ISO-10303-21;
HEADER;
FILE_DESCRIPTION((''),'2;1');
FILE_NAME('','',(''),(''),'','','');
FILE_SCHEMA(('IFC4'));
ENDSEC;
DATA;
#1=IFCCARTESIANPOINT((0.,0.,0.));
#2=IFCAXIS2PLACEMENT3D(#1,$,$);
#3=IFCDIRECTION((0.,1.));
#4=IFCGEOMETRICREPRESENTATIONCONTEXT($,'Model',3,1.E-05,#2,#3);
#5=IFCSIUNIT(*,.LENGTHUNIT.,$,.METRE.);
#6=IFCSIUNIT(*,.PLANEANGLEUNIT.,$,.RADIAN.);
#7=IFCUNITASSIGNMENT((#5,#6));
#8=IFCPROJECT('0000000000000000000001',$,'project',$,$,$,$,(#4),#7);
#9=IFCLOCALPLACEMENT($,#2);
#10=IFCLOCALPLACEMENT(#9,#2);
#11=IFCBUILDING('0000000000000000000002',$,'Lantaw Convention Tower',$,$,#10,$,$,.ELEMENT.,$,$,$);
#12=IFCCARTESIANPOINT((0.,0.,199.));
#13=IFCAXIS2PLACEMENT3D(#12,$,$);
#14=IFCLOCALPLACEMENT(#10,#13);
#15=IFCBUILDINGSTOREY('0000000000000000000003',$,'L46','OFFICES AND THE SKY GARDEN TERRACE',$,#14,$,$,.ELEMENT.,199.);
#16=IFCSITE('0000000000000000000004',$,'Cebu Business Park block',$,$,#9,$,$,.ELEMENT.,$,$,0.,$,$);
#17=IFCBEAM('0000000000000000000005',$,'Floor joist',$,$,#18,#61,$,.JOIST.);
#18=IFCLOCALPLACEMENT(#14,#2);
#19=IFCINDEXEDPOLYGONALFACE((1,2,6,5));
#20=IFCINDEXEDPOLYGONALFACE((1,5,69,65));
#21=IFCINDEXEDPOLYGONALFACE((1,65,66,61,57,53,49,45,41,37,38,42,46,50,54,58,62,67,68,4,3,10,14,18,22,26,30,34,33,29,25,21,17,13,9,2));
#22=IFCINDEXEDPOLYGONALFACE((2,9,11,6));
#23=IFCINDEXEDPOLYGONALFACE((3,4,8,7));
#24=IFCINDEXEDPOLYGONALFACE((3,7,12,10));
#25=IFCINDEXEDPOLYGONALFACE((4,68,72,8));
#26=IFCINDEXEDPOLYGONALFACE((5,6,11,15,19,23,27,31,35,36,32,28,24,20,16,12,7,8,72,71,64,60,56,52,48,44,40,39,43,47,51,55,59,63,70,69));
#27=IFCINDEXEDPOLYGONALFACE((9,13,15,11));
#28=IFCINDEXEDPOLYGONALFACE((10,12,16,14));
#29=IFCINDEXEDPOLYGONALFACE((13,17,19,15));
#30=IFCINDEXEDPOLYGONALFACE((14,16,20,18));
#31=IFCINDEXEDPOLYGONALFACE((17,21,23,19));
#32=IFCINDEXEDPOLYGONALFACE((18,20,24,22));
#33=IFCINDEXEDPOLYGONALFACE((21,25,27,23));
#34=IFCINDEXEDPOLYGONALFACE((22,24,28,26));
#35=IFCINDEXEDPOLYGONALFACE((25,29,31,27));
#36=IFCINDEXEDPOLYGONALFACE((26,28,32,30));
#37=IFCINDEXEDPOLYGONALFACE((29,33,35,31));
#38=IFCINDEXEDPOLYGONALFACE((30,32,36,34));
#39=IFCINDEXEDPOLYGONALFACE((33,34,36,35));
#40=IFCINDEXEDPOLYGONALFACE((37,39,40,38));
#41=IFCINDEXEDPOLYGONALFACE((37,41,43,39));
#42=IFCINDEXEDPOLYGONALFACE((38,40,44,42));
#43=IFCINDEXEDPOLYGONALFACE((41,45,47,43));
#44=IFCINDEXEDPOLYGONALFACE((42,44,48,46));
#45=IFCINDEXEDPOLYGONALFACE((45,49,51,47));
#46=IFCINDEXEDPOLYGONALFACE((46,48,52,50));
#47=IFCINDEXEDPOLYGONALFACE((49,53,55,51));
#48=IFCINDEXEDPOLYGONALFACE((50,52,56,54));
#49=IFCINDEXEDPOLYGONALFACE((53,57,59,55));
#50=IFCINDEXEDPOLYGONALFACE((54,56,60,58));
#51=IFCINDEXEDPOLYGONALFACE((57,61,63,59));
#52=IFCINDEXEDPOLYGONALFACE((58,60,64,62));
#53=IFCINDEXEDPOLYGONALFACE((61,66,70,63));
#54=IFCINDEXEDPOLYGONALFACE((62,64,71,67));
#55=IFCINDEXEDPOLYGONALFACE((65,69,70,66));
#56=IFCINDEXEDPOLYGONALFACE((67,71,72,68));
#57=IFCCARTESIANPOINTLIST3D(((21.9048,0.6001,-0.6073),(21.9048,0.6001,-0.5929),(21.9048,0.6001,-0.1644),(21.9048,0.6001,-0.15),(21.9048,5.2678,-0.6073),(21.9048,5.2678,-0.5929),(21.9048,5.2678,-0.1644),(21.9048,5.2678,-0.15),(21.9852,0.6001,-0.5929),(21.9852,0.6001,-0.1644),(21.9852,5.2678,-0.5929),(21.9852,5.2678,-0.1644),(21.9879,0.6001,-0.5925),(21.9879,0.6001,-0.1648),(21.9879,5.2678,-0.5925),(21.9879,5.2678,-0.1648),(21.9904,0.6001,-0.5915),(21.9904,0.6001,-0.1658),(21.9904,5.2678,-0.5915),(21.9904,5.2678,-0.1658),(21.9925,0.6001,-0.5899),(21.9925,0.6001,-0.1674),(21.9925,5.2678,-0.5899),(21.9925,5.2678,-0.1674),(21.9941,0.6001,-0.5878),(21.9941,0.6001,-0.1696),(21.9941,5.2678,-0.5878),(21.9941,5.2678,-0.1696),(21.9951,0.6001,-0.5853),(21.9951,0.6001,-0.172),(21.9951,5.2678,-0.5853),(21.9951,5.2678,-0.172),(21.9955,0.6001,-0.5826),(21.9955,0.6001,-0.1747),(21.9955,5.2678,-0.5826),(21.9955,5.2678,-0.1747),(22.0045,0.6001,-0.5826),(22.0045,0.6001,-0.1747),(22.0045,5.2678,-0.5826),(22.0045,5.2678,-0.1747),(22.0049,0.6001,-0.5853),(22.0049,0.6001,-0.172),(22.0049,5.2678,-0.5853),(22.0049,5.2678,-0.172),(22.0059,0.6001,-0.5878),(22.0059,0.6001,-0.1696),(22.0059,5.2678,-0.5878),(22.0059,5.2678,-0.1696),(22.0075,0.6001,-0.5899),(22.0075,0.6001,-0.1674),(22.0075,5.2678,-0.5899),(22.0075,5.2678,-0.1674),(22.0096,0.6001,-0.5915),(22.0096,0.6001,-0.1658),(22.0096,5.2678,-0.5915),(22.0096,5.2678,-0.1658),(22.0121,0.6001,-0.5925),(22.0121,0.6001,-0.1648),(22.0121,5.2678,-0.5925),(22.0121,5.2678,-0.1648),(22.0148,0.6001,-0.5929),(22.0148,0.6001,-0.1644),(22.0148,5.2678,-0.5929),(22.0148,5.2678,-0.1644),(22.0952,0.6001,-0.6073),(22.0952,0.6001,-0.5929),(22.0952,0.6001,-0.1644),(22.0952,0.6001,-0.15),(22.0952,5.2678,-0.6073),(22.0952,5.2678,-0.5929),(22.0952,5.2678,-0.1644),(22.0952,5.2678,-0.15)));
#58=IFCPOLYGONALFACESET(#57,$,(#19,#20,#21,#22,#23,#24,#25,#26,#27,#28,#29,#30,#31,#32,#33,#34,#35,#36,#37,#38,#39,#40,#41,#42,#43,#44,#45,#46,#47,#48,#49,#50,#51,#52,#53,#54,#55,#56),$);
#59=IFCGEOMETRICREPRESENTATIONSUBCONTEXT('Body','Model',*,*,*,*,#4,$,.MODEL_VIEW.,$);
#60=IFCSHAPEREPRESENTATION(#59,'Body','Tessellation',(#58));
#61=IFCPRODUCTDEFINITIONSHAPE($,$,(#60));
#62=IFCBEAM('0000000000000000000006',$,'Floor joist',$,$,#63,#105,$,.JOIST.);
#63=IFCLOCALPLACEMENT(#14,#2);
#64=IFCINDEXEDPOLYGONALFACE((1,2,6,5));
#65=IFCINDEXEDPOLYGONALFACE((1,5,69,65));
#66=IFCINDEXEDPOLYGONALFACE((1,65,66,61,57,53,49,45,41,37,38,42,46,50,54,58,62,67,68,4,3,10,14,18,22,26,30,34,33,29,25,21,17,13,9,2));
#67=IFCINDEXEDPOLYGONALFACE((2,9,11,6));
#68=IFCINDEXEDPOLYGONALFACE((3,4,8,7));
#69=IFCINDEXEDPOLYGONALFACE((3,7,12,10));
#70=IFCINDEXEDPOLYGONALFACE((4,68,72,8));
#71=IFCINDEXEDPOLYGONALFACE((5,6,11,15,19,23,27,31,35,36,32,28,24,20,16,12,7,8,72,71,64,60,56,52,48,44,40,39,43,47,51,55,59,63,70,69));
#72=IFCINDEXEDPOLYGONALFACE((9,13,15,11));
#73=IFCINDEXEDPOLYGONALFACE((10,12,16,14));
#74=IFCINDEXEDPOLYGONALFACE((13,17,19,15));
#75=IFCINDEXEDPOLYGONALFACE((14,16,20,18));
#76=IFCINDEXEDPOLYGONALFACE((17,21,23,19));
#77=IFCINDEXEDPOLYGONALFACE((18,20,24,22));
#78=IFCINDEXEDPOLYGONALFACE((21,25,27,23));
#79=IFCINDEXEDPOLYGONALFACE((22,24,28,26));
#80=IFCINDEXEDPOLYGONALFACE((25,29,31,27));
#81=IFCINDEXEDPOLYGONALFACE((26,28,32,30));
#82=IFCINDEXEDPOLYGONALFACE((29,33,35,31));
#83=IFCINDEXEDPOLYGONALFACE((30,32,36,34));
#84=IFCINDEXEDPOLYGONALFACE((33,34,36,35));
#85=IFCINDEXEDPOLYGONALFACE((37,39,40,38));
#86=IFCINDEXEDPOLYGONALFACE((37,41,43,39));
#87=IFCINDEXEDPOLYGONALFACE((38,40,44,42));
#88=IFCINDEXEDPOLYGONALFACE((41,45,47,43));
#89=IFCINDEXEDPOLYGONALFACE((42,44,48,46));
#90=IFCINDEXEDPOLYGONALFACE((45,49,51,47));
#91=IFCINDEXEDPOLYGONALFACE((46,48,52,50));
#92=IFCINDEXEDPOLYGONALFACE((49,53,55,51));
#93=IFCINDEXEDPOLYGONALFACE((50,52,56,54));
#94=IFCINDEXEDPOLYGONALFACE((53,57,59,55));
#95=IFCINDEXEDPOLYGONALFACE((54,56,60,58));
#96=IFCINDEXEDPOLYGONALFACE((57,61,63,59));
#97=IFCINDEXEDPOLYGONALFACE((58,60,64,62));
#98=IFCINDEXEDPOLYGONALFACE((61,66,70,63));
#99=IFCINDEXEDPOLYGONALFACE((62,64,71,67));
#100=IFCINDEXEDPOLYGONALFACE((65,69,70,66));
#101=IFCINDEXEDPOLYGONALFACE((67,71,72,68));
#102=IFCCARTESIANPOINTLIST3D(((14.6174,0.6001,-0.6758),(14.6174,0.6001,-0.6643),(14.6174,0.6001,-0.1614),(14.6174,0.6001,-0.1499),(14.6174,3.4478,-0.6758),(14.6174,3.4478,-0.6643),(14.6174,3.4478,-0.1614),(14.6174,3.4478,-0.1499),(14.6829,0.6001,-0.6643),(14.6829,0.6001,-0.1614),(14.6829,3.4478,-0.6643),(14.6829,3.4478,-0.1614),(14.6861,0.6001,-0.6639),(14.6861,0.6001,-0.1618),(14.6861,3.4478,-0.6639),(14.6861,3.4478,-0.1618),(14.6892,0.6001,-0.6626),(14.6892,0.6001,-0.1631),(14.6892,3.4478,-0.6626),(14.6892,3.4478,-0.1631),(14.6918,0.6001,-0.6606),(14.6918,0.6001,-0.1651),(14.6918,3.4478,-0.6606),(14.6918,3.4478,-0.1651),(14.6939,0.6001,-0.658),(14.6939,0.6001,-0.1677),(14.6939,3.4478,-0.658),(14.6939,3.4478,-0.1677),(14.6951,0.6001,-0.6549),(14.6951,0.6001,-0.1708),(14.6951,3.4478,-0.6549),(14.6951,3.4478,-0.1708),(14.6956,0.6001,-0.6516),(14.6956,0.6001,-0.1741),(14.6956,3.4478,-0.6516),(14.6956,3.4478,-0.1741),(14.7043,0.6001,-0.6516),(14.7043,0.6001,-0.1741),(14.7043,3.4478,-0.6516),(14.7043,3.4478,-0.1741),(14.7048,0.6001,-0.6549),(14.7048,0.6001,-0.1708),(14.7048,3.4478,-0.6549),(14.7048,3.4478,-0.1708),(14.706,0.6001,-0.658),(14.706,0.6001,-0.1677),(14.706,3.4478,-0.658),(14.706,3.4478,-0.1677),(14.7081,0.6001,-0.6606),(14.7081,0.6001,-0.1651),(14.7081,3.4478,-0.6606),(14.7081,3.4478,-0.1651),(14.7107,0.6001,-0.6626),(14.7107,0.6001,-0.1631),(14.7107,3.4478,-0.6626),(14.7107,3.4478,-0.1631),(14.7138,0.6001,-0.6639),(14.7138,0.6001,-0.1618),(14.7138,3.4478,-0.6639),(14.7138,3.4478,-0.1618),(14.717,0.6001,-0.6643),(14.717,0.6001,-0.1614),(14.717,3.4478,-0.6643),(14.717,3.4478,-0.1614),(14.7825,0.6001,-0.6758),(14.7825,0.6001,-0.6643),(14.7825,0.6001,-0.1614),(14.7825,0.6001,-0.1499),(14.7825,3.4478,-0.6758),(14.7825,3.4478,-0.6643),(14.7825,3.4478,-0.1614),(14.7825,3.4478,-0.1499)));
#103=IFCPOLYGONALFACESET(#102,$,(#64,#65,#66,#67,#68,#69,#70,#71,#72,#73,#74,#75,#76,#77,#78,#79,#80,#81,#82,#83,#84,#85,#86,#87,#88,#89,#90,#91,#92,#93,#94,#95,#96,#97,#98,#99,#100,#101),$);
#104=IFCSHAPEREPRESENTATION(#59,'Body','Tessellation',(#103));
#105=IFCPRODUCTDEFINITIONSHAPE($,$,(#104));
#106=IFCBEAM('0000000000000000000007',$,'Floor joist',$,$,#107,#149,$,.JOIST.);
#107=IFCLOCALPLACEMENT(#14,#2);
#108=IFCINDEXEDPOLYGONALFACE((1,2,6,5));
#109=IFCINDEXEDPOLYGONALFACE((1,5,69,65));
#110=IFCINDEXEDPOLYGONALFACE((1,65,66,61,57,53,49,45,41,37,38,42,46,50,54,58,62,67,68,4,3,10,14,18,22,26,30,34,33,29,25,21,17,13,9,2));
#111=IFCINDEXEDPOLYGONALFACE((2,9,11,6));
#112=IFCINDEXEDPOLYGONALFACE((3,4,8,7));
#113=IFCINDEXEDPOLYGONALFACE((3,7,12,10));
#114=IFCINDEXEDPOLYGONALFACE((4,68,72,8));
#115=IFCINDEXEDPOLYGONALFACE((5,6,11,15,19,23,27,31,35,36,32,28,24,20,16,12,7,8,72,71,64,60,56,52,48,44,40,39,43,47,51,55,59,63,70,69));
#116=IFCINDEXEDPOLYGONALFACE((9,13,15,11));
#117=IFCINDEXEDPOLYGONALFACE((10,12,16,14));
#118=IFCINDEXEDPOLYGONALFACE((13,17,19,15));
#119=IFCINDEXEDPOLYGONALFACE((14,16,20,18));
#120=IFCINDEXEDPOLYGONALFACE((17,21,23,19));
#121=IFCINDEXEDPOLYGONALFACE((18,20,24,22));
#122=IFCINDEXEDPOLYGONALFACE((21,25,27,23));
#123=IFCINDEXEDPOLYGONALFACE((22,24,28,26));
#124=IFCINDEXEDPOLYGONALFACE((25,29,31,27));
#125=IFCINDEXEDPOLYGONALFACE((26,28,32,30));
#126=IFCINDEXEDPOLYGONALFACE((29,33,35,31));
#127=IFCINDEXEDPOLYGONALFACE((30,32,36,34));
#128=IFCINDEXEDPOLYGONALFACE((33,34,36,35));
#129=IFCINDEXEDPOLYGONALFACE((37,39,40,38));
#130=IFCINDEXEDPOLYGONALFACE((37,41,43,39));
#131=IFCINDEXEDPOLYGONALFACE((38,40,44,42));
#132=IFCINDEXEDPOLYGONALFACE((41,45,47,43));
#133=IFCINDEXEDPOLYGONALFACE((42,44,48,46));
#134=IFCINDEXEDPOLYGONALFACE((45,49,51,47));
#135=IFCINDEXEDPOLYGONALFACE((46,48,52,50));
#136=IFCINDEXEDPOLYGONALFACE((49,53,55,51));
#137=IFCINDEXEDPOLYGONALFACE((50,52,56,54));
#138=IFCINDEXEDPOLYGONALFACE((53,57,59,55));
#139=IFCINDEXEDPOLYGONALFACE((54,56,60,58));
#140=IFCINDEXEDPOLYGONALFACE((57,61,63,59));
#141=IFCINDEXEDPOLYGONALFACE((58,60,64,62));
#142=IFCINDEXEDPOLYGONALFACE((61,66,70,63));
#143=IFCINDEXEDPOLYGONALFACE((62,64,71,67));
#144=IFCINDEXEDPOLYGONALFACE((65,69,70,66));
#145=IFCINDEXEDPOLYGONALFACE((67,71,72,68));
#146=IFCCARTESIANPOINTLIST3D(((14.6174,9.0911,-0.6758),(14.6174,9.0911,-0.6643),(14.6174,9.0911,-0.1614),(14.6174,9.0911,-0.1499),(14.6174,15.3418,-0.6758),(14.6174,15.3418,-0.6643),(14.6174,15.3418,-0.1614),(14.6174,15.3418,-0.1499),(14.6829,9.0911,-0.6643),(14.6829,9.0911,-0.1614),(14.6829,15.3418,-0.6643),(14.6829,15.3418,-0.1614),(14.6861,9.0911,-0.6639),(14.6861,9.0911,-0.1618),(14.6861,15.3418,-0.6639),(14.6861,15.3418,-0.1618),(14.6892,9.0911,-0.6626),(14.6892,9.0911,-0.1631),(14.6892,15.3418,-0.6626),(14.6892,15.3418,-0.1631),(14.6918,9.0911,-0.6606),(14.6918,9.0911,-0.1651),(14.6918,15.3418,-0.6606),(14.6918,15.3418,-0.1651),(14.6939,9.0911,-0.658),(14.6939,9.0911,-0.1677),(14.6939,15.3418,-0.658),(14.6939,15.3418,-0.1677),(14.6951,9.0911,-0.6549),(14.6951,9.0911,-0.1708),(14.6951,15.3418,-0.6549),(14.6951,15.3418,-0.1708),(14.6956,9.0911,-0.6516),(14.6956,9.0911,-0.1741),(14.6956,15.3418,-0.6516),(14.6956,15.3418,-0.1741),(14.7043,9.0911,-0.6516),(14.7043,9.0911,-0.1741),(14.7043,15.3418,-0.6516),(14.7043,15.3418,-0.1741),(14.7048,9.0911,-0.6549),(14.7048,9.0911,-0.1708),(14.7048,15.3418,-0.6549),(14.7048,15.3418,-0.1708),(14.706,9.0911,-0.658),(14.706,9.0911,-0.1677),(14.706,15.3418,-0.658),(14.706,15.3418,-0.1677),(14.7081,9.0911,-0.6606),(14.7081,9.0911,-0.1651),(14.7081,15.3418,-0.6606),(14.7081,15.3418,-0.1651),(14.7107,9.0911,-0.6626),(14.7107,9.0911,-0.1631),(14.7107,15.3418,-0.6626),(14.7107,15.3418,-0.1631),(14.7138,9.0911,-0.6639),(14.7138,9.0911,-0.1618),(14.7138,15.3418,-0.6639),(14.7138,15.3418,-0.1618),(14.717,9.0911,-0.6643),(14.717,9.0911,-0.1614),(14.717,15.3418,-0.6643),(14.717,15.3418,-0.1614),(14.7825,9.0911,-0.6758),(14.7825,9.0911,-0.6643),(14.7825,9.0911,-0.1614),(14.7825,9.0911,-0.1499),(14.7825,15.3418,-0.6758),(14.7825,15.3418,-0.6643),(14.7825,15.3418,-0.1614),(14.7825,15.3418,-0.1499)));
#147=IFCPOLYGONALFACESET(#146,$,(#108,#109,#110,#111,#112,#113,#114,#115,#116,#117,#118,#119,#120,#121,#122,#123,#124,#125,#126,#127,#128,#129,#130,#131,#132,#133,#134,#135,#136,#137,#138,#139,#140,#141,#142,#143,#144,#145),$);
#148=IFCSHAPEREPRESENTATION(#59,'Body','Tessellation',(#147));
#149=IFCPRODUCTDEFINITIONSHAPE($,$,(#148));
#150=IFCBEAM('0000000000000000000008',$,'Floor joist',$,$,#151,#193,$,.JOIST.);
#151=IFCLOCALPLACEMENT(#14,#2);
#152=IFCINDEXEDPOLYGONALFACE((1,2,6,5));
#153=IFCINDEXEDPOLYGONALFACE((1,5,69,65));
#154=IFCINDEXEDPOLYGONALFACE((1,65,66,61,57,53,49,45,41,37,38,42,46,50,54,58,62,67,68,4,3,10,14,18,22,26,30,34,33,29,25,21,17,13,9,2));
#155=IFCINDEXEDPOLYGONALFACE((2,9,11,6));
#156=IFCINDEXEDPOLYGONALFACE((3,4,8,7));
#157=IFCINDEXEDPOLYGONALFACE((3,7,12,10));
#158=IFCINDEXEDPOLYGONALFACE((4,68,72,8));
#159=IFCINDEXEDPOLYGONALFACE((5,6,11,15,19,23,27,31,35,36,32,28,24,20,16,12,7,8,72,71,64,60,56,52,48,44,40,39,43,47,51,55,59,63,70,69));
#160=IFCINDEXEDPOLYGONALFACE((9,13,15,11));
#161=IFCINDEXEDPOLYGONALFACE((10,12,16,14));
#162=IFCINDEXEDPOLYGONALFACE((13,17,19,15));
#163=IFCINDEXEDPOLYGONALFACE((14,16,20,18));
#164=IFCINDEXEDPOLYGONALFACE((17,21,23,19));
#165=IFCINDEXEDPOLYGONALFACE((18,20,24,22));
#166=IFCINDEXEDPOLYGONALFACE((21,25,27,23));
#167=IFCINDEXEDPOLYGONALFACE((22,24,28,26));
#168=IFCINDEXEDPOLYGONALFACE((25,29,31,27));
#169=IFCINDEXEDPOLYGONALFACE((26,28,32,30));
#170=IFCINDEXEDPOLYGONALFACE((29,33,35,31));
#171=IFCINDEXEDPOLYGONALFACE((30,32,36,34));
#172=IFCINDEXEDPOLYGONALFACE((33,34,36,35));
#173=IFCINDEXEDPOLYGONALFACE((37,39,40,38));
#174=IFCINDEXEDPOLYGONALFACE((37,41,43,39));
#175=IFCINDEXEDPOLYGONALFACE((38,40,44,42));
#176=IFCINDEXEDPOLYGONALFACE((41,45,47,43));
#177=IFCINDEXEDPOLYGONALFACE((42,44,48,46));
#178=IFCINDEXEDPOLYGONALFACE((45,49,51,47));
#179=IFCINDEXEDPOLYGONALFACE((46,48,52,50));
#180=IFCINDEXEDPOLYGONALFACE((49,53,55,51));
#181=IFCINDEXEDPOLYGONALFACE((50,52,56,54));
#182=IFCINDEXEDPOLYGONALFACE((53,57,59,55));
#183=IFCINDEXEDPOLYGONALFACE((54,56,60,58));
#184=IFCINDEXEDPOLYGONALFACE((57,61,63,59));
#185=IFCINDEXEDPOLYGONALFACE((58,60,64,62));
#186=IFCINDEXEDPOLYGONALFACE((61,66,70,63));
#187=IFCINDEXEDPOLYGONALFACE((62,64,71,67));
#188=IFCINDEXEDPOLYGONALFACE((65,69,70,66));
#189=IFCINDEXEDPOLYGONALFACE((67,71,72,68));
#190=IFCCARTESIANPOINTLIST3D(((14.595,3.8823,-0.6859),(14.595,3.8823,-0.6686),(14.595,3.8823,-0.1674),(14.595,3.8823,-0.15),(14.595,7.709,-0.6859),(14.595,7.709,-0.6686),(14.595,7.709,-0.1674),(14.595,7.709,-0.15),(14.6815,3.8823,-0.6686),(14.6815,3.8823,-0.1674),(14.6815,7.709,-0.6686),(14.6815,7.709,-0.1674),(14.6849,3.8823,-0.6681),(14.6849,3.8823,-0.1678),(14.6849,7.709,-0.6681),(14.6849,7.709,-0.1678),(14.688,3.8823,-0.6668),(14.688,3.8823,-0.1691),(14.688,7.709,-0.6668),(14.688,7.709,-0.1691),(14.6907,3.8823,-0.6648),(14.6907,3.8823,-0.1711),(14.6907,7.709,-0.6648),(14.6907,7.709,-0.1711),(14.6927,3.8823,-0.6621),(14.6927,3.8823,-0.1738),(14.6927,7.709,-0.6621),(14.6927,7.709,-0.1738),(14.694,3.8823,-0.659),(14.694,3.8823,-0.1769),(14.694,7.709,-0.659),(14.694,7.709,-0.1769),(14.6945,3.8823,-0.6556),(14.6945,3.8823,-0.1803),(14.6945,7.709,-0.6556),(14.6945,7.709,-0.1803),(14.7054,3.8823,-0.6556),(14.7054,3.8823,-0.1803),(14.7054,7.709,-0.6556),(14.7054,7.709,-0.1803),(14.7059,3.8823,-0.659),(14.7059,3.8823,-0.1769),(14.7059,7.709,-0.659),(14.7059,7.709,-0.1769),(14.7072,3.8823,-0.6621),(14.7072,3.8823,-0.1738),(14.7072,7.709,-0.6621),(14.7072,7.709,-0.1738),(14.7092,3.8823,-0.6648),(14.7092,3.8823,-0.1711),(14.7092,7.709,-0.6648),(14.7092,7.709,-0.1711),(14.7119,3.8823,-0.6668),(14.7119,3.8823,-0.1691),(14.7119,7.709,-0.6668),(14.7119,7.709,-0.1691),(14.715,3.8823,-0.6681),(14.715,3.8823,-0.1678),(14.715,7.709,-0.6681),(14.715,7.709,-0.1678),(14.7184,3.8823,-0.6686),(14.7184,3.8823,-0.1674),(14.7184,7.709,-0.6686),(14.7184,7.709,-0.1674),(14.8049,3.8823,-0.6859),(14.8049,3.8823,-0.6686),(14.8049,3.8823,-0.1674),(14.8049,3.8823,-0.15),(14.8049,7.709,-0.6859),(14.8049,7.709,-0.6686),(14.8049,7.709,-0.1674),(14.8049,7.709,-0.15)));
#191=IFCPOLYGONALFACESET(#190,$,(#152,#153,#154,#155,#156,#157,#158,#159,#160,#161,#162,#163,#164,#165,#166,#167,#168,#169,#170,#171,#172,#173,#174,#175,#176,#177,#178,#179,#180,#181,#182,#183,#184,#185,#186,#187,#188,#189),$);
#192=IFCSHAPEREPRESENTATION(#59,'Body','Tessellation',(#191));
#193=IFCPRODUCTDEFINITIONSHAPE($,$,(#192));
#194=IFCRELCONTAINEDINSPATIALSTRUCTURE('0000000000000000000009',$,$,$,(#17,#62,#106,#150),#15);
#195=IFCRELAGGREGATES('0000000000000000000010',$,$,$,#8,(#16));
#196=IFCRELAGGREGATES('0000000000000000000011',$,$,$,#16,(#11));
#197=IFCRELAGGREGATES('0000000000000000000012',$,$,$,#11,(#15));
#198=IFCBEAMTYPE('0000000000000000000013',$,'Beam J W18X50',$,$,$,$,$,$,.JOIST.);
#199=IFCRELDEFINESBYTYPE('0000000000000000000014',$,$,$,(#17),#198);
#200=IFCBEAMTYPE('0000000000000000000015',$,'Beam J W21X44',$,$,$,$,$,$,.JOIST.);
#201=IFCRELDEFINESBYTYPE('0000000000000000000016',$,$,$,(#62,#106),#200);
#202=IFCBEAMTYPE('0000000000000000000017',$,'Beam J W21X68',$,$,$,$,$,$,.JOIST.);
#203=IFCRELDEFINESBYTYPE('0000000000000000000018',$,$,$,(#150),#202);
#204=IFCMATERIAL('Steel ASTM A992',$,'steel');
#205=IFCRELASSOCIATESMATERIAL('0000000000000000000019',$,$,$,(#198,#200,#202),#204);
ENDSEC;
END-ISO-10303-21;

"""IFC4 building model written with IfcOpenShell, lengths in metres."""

from ifc_helpers import new_model, si_unit, direction, frame, origin, origin_2d, place, context, subcontext, project, spatial, i_section, extrude, material, material_profile, profile_set, type_object, element, save


model = new_model("IFC4")

# Units and contexts
model_context = context("Model", 3, precision=1e-05, world=origin(), true_north=direction((0.0, 1.0)))
body_context = subcontext(model_context, "Body", "Model", "MODEL_VIEW")
ifc_project = project(units=[si_unit("LENGTHUNIT", "METRE"), si_unit("PLANEANGLEUNIT", "RADIAN")], contexts=[model_context])

# Site, building, storey
site_placement = place(None, origin())
site = spatial("IfcSite", under=ifc_project, at=site_placement, Name="Cebu Business Park block", CompositionType="ELEMENT", RefElevation=0.0)
building_placement = place(site_placement, origin())
building = spatial("IfcBuilding", under=site, at=building_placement, Name="Lantaw Convention Tower", CompositionType="ELEMENT")
storey_placement = place(building_placement, frame((0.0, 0.0, 199.0)))
storey = spatial("IfcBuildingStorey", under=building, at=storey_placement, Name="L46", Description="OFFICES AND THE SKY GARDEN TERRACE", CompositionType="ELEMENT", Elevation=199.0)

# Beams
ifc_material_1 = material(Name="Steel ASTM A992", Category="steel")
ifc_material_profile_1 = material_profile(ifc_material_1, i_section(OverallWidth=0.1904, OverallDepth=0.4573, WebThickness=0.009, FlangeThickness=0.0144, FilletRadius=0.0103, at=origin_2d()), Name="W18X50")
ifc_profile_set_1 = profile_set([ifc_material_profile_1], Name="Steel ASTM A992")
beam_type_1 = type_object("IfcBeamType", Name="Beam J W18X50", PredefinedType="JOIST", material=ifc_profile_set_1)
beam_1_placement = place(storey_placement, frame((22.0, 0.6001, -0.3787), z_axis=(0.0, 1.0, 0.0), x_axis=(-1.0, 0.0, 0.0)))
element("IfcBeam", 1, at=beam_1_placement, inside=storey, type_object=beam_type_1, Name="Floor joist", PredefinedType="JOIST", context=body_context, shape_type="SweptSolid", body=[
    extrude(i_section(OverallWidth=0.1904, OverallDepth=0.4573, WebThickness=0.009, FlangeThickness=0.0144, FilletRadius=0.0103, at=origin_2d()), origin(), (0.0, 0.0, 1.0), 4.6677),
])
ifc_material_profile_2 = material_profile(ifc_material_1, i_section(OverallWidth=0.165, OverallDepth=0.5259, WebThickness=0.0088, FlangeThickness=0.0115, FilletRadius=0.0127, at=origin_2d()), Name="W21X44")
ifc_profile_set_2 = profile_set([ifc_material_profile_2], Name="Steel ASTM A992")
beam_type_2 = type_object("IfcBeamType", Name="Beam J W21X44", PredefinedType="JOIST", material=ifc_profile_set_2)
beam_2_placement = place(storey_placement, frame((14.7, 0.6001, -0.4128), z_axis=(0.0, 1.0, 0.0), x_axis=(-1.0, 0.0, 0.0)))
element("IfcBeam", 2, at=beam_2_placement, inside=storey, type_object=beam_type_2, Name="Floor joist", PredefinedType="JOIST", context=body_context, shape_type="SweptSolid", body=[
    extrude(i_section(OverallWidth=0.165, OverallDepth=0.5259, WebThickness=0.0088, FlangeThickness=0.0115, FilletRadius=0.0127, at=origin_2d()), origin(), (0.0, 0.0, 1.0), 2.8477),
])
beam_3_placement = place(storey_placement, frame((14.7, 9.0911, -0.4128), z_axis=(0.0, 1.0, 0.0), x_axis=(-1.0, 0.0, 0.0)))
element("IfcBeam", 3, at=beam_3_placement, inside=storey, type_object=beam_type_2, Name="Floor joist", PredefinedType="JOIST", context=body_context, shape_type="SweptSolid", body=[
    extrude(i_section(OverallWidth=0.165, OverallDepth=0.5259, WebThickness=0.0088, FlangeThickness=0.0115, FilletRadius=0.0127, at=origin_2d()), origin(), (0.0, 0.0, 1.0), 6.2507),
])
ifc_material_profile_3 = material_profile(ifc_material_1, i_section(OverallWidth=0.21, OverallDepth=0.5359, WebThickness=0.011, FlangeThickness=0.0173, FilletRadius=0.0129, at=origin_2d()), Name="W21X68")
ifc_profile_set_3 = profile_set([ifc_material_profile_3], Name="Steel ASTM A992")
beam_type_3 = type_object("IfcBeamType", Name="Beam J W21X68", PredefinedType="JOIST", material=ifc_profile_set_3)
beam_4_placement = place(storey_placement, frame((14.7, 3.8823, -0.418), z_axis=(0.0, 1.0, 0.0), x_axis=(-1.0, 0.0, 0.0)))
element("IfcBeam", 4, at=beam_4_placement, inside=storey, type_object=beam_type_3, Name="Floor joist", PredefinedType="JOIST", context=body_context, shape_type="SweptSolid", body=[
    extrude(i_section(OverallWidth=0.21, OverallDepth=0.5359, WebThickness=0.011, FlangeThickness=0.0173, FilletRadius=0.0129, at=origin_2d()), origin(), (0.0, 0.0, 1.0), 3.8267),
])

save(model, "model.ifc")
